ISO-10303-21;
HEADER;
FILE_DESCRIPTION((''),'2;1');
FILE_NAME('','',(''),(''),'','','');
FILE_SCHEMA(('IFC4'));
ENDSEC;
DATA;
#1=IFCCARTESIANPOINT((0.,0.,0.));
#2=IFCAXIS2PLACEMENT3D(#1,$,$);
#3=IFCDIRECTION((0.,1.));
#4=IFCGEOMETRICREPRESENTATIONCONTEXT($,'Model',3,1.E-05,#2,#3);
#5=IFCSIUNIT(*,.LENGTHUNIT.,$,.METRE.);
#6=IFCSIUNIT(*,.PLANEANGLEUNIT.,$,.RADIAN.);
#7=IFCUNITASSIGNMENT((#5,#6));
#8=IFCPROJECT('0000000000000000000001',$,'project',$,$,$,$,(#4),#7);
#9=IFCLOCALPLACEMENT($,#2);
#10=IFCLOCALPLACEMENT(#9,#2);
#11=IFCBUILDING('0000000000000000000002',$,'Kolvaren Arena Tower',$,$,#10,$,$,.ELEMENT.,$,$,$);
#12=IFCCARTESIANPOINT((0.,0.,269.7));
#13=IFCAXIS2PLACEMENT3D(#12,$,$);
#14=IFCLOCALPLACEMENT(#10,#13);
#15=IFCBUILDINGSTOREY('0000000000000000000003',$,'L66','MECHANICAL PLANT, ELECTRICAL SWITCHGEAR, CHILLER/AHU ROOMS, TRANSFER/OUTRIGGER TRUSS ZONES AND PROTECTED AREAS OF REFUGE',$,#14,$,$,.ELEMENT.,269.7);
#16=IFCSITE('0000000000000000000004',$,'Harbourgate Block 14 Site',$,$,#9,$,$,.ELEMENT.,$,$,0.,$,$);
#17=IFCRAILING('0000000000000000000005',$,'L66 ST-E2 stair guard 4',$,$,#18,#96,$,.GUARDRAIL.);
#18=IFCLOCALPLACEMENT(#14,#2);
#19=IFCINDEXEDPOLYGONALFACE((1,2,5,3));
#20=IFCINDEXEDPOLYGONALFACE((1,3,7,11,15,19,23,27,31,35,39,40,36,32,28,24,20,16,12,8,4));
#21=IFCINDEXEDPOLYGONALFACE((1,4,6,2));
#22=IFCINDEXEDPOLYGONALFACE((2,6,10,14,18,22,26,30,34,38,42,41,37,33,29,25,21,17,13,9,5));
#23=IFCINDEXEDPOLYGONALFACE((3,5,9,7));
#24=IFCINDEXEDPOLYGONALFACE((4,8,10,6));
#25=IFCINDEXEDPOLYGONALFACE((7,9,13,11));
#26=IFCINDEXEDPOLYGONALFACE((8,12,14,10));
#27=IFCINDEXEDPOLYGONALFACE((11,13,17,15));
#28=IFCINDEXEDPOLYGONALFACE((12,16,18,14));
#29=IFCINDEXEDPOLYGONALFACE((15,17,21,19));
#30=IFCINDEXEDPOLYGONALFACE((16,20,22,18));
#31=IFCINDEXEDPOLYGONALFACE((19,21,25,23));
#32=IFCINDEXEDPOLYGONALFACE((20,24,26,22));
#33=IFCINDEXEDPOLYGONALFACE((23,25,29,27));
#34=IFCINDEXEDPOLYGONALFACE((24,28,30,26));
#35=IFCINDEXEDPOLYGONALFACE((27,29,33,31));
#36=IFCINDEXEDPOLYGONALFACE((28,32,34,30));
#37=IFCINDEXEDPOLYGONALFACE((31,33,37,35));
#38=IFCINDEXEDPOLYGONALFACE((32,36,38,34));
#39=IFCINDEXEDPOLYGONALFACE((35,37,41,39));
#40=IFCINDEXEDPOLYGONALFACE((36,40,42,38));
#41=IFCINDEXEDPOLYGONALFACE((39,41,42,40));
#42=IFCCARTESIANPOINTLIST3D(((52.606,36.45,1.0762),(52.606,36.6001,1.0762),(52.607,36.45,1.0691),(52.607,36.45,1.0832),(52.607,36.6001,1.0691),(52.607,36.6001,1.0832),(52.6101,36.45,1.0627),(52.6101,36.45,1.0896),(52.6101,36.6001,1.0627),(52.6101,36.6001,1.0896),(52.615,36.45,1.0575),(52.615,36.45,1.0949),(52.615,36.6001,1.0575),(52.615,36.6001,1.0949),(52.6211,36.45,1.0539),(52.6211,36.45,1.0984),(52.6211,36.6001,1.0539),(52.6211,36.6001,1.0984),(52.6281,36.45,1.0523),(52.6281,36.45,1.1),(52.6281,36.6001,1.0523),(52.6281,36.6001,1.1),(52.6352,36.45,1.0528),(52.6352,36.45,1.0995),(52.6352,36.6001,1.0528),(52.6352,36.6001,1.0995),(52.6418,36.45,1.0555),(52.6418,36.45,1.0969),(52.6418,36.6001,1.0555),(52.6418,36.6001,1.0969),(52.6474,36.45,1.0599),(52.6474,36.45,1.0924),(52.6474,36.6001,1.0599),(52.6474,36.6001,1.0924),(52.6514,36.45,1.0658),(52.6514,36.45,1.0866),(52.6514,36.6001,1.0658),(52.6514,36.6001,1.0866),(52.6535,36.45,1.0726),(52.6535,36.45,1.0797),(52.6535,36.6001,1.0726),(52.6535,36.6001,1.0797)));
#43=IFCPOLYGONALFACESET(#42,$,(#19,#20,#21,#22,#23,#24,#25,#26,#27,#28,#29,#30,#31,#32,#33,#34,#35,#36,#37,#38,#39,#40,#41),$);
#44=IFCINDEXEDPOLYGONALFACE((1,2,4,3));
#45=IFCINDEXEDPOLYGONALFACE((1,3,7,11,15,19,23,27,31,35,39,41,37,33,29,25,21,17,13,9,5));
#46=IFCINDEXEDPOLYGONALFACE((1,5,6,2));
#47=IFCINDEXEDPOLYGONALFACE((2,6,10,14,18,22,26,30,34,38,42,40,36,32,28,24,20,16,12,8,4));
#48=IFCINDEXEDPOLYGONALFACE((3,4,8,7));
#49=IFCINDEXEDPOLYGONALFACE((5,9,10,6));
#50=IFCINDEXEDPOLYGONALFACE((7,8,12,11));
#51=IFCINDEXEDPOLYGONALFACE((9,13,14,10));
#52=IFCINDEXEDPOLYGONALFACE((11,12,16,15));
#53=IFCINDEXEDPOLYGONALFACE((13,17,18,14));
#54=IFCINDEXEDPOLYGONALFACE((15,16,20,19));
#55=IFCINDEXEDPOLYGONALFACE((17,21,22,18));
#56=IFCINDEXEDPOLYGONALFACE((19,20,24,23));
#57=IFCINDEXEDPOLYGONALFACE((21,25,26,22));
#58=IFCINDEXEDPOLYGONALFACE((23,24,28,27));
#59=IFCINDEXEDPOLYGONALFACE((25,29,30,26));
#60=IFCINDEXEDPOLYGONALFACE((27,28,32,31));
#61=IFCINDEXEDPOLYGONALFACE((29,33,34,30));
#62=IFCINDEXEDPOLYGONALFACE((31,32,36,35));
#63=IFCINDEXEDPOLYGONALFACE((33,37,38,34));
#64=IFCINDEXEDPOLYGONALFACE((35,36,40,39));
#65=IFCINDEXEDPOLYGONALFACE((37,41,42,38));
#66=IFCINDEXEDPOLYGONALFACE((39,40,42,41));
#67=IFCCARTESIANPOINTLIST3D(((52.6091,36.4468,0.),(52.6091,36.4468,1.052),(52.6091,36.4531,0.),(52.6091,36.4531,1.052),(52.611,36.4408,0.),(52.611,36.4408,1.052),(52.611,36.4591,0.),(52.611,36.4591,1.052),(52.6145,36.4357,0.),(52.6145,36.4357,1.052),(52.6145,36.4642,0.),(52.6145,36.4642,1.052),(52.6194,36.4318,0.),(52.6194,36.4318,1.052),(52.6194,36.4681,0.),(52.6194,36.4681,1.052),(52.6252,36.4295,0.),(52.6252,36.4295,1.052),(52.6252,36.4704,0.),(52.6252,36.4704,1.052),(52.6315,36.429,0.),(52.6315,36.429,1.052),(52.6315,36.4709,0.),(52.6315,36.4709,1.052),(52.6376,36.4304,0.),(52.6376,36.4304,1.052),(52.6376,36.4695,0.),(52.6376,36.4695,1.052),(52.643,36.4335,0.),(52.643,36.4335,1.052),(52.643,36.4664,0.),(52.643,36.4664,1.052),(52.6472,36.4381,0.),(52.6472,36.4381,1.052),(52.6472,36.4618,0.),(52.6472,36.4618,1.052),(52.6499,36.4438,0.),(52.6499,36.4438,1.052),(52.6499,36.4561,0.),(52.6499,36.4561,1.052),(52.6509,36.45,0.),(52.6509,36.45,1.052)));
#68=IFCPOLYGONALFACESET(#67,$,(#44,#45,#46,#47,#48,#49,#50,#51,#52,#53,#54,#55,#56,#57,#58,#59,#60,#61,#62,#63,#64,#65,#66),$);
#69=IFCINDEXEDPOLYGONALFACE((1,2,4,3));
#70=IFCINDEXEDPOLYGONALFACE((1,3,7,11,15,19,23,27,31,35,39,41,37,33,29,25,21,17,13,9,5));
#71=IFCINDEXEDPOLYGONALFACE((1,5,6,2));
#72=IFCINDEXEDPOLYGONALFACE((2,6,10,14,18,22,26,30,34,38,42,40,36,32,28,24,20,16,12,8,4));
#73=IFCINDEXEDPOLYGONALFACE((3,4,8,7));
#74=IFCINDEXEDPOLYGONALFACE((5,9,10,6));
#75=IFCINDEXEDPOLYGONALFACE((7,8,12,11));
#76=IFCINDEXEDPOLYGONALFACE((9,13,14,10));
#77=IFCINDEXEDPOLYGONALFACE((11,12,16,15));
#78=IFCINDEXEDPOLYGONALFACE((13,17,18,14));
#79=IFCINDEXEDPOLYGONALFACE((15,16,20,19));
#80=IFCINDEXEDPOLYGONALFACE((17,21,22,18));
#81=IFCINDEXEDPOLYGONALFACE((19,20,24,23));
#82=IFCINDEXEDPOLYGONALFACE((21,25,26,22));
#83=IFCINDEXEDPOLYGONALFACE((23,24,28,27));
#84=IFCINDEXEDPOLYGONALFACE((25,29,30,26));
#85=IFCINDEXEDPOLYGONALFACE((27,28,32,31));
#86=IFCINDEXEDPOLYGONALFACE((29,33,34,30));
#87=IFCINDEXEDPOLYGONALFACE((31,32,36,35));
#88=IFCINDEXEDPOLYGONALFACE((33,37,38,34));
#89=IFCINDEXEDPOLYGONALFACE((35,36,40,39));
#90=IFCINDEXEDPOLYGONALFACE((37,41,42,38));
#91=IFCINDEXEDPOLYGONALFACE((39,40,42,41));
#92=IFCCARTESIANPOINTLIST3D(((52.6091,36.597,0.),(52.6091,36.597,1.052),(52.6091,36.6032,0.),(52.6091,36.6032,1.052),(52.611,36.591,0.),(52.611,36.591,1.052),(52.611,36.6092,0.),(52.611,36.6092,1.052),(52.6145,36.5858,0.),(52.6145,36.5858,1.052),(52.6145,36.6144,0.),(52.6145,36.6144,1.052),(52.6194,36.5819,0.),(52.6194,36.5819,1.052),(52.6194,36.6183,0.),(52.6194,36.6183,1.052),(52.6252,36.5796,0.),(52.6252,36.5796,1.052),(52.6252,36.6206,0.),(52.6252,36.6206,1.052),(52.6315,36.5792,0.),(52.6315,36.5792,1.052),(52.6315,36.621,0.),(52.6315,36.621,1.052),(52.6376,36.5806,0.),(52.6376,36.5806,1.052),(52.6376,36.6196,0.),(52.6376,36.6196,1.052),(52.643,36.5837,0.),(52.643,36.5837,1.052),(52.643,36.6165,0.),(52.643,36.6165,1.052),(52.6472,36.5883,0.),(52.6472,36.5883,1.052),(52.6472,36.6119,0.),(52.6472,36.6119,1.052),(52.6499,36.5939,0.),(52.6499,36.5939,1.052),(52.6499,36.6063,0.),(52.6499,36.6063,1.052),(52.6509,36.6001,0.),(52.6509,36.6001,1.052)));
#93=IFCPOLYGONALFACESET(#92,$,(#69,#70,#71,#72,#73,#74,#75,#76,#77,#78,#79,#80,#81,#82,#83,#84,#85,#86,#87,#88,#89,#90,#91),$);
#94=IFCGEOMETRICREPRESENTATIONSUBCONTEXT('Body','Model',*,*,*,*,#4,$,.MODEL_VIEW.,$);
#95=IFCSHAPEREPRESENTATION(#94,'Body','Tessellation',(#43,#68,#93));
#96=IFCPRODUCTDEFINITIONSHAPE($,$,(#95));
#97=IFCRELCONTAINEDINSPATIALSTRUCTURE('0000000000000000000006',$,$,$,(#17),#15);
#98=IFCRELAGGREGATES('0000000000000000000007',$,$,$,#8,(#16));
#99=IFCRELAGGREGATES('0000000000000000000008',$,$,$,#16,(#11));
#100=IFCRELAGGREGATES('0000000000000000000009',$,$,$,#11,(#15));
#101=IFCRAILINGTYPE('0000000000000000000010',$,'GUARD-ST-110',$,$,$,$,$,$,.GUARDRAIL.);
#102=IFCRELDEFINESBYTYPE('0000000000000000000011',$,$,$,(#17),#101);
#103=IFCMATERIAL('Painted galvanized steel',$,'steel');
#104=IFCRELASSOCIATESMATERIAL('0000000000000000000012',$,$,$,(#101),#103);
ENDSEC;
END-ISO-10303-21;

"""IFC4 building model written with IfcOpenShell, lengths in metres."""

from ifc_helpers import new_model, si_unit, direction, frame, origin, origin_2d, place, context, subcontext, project, spatial, circle, extrude, material, type_object, element, save


model = new_model("IFC4")

# Units and contexts
model_context = context("Model", 3, precision=1e-05, world=origin(), true_north=direction((0.0, 1.0)))
body_context = subcontext(model_context, "Body", "Model", "MODEL_VIEW")
ifc_project = project(units=[si_unit("LENGTHUNIT", "METRE"), si_unit("PLANEANGLEUNIT", "RADIAN")], contexts=[model_context])

# Site, building, storey
site_placement = place(None, origin())
site = spatial("IfcSite", under=ifc_project, at=site_placement, Name="Harbourgate Block 14 Site", CompositionType="ELEMENT", RefElevation=0.0)
building_placement = place(site_placement, origin())
building = spatial("IfcBuilding", under=site, at=building_placement, Name="Kolvaren Arena Tower", CompositionType="ELEMENT")
storey_placement = place(building_placement, frame((0.0, 0.0, 269.7)))
storey = spatial("IfcBuildingStorey", under=building, at=storey_placement, Name="L66", Description="MECHANICAL PLANT, ELECTRICAL SWITCHGEAR, CHILLER/AHU ROOMS, TRANSFER/OUTRIGGER TRUSS ZONES AND PROTECTED AREAS OF REFUGE", CompositionType="ELEMENT", Elevation=269.7)

# Railing
ifc_material_1 = material(Name="Painted galvanized steel", Category="steel")
railing_type_1 = type_object("IfcRailingType", Name="GUARD-ST-110", PredefinedType="GUARDRAIL", material=ifc_material_1)
railing_1_placement = place(storey_placement, frame((52.6299, 36.45, 0.0)))
element("IfcRailing", 1, at=railing_1_placement, inside=storey, type_object=railing_type_1, Name="L66 ST-E2 stair guard 4", PredefinedType="GUARDRAIL", context=body_context, shape_type="SweptSolid", body=[
    extrude(circle(Radius=0.0239, at=origin_2d()), frame((0.0, 0.0, 1.0762), z_axis=(0.0, 1.0, 0.0), x_axis=(-1.0, 0.0, 0.0)), (0.0, 0.0, 1.0), 0.1501),
    extrude(circle(Radius=0.021, at=origin_2d()), origin(), (0.0, 0.0, 1.0), 1.052),
    extrude(circle(Radius=0.021, at=origin_2d()), frame((0.0, 0.1501, 0.0)), (0.0, 0.0, 1.0), 1.052),
])

save(model, "model.ifc")
